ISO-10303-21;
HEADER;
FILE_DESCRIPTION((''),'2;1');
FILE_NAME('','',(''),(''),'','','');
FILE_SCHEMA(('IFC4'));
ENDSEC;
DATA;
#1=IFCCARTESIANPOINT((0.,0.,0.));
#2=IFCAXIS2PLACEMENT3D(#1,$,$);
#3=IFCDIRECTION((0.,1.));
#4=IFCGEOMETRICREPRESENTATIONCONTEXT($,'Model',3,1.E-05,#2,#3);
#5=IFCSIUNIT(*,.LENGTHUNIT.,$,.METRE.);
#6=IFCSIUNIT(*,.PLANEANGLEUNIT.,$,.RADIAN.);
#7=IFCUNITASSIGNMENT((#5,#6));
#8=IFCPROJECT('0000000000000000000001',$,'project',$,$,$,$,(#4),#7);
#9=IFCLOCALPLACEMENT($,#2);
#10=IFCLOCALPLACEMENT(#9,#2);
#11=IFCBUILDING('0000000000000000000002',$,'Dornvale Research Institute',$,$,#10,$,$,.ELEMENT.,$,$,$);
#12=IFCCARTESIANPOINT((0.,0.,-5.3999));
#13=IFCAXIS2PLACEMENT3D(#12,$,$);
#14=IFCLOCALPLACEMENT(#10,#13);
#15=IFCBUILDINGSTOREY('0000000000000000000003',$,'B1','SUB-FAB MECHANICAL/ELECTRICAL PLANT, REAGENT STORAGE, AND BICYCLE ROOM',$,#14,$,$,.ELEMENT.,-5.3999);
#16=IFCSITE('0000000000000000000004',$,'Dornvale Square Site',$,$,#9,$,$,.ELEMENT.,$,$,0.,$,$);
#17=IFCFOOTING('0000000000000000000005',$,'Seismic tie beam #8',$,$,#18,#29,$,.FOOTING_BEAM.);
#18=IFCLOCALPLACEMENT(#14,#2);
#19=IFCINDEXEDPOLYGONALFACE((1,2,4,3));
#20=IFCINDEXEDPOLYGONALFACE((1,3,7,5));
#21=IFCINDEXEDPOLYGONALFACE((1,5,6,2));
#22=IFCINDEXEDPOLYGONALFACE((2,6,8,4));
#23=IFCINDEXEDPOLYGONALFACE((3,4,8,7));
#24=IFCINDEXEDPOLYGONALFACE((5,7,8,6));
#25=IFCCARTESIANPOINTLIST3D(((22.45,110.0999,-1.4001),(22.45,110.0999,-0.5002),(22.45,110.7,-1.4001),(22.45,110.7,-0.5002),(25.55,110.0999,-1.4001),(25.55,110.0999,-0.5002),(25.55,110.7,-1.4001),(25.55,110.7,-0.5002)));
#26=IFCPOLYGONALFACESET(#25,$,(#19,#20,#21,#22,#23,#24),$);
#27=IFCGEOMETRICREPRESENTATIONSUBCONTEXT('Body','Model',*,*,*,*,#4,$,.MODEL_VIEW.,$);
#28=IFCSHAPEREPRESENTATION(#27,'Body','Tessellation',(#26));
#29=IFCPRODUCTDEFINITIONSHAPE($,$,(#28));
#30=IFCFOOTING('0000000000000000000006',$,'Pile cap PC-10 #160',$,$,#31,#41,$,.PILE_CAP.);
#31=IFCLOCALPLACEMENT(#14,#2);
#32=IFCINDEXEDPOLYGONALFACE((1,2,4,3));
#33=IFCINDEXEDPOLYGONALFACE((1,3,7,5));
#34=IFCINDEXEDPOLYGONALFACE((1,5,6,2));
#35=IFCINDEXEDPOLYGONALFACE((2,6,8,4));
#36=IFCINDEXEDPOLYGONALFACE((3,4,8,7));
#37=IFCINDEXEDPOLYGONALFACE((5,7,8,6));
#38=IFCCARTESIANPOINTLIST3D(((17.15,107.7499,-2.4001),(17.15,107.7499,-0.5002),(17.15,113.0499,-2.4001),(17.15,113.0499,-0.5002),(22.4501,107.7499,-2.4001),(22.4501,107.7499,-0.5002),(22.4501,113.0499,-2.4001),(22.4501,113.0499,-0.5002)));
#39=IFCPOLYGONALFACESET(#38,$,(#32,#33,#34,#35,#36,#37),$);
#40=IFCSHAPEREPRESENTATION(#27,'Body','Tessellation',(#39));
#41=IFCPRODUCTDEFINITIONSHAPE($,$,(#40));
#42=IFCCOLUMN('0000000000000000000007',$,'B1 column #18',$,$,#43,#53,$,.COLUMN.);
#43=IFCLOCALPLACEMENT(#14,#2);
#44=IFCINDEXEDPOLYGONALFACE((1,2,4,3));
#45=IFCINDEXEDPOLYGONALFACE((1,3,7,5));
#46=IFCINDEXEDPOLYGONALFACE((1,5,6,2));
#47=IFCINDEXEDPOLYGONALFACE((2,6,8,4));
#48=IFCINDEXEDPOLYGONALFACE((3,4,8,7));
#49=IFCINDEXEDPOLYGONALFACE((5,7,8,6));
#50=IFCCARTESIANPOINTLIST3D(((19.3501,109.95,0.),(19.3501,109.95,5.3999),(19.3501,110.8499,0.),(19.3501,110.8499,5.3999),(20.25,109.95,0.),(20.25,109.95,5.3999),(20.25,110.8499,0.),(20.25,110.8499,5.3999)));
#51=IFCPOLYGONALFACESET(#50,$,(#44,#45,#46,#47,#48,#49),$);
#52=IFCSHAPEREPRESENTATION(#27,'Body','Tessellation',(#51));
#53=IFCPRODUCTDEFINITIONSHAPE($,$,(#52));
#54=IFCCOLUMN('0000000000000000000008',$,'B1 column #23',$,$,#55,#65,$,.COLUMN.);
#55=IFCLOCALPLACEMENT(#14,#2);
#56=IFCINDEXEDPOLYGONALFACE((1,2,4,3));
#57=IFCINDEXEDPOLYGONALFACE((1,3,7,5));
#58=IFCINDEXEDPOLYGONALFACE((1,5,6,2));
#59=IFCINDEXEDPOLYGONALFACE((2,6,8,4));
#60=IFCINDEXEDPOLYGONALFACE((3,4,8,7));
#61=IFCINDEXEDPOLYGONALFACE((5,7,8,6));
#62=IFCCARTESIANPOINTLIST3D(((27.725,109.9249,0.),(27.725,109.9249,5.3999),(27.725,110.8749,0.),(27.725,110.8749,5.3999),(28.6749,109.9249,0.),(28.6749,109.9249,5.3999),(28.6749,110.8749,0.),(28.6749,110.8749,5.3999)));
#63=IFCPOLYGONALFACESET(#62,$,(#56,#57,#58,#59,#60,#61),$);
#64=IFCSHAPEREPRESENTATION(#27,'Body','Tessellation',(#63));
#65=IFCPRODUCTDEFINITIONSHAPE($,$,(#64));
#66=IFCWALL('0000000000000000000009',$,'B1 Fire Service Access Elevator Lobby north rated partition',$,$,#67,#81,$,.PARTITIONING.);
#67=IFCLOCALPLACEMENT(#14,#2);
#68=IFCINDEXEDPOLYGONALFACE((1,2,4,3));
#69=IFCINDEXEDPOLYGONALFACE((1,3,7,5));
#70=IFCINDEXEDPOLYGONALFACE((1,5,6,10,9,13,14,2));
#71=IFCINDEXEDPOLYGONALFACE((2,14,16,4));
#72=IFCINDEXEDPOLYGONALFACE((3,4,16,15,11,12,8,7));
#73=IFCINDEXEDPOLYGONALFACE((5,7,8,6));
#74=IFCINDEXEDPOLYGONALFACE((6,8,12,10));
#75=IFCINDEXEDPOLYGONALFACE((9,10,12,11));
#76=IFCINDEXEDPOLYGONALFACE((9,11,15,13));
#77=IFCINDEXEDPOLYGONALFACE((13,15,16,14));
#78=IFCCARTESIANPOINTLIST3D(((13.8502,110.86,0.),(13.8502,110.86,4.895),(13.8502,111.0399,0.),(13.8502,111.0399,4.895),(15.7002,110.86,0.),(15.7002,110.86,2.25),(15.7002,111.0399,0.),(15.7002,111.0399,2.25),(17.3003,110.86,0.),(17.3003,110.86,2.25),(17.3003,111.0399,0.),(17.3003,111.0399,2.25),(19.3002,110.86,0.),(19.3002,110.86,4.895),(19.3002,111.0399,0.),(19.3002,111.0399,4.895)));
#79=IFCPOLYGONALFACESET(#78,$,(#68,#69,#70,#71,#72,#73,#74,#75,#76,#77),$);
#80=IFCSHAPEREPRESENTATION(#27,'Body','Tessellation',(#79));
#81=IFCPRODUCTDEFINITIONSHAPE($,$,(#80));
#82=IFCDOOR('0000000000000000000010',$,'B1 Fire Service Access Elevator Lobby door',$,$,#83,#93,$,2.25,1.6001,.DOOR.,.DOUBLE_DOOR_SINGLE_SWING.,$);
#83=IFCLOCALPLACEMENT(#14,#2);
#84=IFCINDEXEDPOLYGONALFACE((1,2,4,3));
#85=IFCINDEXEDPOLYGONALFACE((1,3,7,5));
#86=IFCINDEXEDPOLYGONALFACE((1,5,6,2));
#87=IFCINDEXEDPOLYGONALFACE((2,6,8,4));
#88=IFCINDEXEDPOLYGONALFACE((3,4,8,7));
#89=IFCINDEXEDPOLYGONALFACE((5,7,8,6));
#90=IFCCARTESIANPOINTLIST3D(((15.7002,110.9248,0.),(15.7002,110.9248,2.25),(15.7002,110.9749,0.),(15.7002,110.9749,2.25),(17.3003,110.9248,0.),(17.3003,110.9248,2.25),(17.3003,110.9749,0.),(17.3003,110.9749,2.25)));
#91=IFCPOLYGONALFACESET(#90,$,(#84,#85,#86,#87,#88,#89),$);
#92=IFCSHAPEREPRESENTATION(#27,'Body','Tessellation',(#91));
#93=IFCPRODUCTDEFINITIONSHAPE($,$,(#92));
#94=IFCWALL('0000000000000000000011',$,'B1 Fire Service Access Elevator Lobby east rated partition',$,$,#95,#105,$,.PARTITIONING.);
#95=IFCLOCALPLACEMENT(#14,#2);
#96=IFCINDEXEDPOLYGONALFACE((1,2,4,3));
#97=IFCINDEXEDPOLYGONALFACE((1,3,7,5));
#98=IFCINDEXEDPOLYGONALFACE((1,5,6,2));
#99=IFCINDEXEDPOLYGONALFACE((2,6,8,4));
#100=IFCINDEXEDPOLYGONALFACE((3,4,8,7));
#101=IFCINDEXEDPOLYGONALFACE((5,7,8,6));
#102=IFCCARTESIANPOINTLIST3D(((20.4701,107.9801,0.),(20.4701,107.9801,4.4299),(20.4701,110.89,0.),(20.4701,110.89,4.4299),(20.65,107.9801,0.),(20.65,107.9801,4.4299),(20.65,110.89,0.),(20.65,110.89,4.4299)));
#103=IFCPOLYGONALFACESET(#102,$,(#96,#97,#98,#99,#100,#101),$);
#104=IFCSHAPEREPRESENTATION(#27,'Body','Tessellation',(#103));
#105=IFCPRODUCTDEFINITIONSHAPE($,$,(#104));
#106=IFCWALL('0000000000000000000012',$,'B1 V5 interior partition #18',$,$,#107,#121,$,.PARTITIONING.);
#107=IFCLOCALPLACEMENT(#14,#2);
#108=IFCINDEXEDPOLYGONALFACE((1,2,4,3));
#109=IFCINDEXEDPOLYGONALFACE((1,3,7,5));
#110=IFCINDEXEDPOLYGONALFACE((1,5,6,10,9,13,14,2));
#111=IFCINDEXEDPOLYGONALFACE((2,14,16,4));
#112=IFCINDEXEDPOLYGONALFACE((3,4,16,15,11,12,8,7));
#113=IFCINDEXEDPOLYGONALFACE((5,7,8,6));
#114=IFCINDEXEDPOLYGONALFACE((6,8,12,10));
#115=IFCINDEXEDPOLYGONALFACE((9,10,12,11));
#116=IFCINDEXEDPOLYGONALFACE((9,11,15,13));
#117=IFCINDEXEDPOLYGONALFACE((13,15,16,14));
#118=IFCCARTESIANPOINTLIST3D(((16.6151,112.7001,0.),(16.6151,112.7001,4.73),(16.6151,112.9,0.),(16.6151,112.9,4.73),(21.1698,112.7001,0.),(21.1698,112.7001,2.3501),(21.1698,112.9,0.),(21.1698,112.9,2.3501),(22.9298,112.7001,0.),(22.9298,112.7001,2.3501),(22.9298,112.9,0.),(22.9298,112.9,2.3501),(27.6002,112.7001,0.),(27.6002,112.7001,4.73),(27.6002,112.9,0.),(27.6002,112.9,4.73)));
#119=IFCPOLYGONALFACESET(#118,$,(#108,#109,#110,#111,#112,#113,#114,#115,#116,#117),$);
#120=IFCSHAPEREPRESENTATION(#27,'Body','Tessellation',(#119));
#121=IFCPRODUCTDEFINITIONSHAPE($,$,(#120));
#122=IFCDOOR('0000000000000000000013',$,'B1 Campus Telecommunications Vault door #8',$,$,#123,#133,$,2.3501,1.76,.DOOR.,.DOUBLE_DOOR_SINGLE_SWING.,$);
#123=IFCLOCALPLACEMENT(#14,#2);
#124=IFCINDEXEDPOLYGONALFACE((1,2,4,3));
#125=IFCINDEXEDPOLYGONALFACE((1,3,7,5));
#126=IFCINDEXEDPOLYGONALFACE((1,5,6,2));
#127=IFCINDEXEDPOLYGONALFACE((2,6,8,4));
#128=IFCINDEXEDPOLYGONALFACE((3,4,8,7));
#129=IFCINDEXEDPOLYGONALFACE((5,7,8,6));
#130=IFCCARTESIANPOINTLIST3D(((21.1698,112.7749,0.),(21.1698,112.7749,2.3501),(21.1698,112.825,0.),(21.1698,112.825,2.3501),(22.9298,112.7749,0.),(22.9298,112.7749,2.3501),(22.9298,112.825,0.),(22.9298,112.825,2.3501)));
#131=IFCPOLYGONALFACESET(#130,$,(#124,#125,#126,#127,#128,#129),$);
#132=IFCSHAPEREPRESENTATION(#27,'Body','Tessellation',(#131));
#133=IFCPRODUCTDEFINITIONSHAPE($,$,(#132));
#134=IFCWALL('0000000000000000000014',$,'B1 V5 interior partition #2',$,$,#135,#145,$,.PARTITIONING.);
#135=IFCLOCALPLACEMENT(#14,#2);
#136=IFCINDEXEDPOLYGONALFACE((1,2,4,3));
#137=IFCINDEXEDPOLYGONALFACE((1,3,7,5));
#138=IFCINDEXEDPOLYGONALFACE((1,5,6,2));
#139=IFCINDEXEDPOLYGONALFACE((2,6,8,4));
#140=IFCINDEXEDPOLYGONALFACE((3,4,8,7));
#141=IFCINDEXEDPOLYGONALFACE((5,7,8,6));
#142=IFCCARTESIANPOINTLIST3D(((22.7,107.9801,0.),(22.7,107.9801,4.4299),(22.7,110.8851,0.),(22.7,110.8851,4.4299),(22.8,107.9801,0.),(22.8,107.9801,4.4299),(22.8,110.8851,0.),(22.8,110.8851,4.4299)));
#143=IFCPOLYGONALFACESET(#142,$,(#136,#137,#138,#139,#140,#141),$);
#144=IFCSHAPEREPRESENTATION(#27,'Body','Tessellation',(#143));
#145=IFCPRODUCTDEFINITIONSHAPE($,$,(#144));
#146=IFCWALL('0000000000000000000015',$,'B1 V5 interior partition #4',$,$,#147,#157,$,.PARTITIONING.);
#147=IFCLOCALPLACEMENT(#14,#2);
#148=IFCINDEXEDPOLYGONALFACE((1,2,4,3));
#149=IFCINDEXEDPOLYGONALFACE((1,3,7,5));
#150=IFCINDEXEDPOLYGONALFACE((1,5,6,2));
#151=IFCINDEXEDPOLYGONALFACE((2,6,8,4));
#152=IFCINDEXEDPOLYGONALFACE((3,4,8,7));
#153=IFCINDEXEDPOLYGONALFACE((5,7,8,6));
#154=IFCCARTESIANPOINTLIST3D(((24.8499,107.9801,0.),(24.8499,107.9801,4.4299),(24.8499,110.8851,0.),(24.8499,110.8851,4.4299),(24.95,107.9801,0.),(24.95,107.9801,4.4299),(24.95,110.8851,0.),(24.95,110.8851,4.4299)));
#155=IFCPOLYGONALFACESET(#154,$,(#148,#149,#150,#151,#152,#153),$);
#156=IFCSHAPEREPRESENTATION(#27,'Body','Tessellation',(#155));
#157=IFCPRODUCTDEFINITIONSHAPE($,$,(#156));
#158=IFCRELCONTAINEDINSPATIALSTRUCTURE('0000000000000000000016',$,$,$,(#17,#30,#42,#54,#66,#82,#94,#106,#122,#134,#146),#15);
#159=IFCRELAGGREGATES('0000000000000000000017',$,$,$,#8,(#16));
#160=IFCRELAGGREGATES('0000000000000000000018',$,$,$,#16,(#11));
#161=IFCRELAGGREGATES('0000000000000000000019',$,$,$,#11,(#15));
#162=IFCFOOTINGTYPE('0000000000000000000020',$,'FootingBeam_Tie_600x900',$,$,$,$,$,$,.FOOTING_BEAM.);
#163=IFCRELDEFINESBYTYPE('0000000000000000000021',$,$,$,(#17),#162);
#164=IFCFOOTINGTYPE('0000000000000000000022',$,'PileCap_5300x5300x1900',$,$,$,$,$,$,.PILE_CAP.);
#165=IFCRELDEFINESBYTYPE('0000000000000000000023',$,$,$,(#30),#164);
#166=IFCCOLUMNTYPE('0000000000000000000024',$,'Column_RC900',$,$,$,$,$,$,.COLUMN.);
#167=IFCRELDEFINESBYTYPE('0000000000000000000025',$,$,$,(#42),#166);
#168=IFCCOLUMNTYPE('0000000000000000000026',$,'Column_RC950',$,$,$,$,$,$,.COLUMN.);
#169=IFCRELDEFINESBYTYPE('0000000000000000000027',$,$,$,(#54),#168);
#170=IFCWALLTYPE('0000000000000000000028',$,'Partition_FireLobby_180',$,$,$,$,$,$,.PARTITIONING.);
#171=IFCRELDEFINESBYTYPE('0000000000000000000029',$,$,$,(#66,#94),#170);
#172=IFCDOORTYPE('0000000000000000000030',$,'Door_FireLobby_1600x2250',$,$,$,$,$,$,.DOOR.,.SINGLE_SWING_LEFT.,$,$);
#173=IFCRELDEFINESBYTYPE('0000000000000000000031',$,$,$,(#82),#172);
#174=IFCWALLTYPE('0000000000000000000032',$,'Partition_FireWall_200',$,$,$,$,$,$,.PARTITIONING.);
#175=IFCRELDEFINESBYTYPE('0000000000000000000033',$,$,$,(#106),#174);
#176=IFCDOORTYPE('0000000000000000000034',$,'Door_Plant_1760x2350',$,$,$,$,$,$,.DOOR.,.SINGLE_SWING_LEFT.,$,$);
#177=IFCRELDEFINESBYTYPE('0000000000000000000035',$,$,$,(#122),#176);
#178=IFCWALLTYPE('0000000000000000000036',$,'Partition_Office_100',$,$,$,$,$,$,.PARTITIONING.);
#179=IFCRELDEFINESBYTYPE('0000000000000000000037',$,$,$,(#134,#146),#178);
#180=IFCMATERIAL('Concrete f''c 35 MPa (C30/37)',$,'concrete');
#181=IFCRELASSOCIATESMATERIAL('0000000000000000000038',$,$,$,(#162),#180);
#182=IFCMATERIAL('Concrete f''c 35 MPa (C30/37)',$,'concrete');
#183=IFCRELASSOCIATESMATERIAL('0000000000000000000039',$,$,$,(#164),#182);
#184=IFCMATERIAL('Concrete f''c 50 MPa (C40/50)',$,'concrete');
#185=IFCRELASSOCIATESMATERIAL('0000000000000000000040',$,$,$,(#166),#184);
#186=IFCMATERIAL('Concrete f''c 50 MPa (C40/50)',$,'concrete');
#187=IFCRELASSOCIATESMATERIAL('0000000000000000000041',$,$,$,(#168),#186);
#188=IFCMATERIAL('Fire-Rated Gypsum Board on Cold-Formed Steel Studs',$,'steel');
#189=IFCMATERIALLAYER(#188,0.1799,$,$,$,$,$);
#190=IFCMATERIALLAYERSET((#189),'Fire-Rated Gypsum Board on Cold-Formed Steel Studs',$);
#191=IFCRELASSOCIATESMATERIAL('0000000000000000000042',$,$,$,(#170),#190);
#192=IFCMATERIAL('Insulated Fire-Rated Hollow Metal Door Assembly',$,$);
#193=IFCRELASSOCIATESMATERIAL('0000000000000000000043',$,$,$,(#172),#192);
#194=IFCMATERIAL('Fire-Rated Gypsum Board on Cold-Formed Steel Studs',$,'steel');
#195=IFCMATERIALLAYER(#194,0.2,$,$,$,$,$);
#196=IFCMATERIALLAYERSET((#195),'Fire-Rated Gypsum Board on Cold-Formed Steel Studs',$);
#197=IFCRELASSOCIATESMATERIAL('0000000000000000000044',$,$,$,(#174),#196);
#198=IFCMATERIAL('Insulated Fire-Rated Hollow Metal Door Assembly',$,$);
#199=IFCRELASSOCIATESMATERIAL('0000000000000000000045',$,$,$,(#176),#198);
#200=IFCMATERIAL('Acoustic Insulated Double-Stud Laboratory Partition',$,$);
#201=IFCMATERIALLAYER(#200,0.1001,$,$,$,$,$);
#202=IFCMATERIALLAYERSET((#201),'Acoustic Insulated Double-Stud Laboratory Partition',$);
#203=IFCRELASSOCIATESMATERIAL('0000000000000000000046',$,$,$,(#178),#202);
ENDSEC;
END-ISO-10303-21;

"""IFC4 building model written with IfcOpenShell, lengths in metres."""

from ifc_helpers import new_model, si_unit, direction, frame, frame_2d, origin, origin_2d, place, context, subcontext, project, spatial, rectangle, extrude, material, layer, layer_set, material_profile, profile_set, type_object, element, fill, save


model = new_model("IFC4")

# Units and contexts
model_context = context("Model", 3, precision=1e-05, world=origin(), true_north=direction((0.0, 1.0)))
body_context = subcontext(model_context, "Body", "Model", "MODEL_VIEW")
ifc_project = project(units=[si_unit("LENGTHUNIT", "METRE"), si_unit("PLANEANGLEUNIT", "RADIAN")], contexts=[model_context])

# Site, building, storey
site_placement = place(None, origin())
site = spatial("IfcSite", under=ifc_project, at=site_placement, Name="Dornvale Square Site", CompositionType="ELEMENT", RefElevation=0.0)
building_placement = place(site_placement, origin())
building = spatial("IfcBuilding", under=site, at=building_placement, Name="Dornvale Research Institute", CompositionType="ELEMENT")
storey_placement = place(building_placement, frame((0.0, 0.0, -5.3999)))
storey = spatial("IfcBuildingStorey", under=building, at=storey_placement, Name="B1", Description="SUB-FAB MECHANICAL/ELECTRICAL PLANT, REAGENT STORAGE, AND BICYCLE ROOM", CompositionType="ELEMENT", Elevation=-5.3999)

# Footings
ifc_material_1 = material(Name="Concrete f'c 35 MPa (C30/37)", Category="concrete")
footing_type_1 = type_object("IfcFootingType", Name="FootingBeam_Tie_600x900", PredefinedType="FOOTING_BEAM", material=ifc_material_1)
footing_1_placement = place(storey_placement, frame((24.0, 110.3999, -1.4001), z_axis=(0.0, 0.0, 1.0), x_axis=(1.0, 0.0, 0.0)))
element("IfcFooting", 1, at=footing_1_placement, inside=storey, type_object=footing_type_1, Name="Seismic tie beam #8", PredefinedType="FOOTING_BEAM", context=body_context, shape_type="SweptSolid", body=[
    extrude(rectangle(XDim=3.1001, YDim=0.6001, at=origin_2d()), origin(), (0.0, 0.0, 1.0), 0.8999),
])
ifc_material_2 = material(Name="Concrete f'c 35 MPa (C30/37)", Category="concrete")
footing_type_2 = type_object("IfcFootingType", Name="PileCap_5300x5300x1900", PredefinedType="PILE_CAP", material=ifc_material_2)
footing_2_placement = place(storey_placement, frame((19.8, 110.3999, -2.4001), z_axis=(0.0, 0.0, 1.0), x_axis=(1.0, 0.0, 0.0)))
element("IfcFooting", 2, at=footing_2_placement, inside=storey, type_object=footing_type_2, Name="Pile cap PC-10 #160", PredefinedType="PILE_CAP", context=body_context, shape_type="SweptSolid", body=[
    extrude(rectangle(XDim=5.3, YDim=5.3, at=origin_2d()), origin(), (0.0, 0.0, 1.0), 1.8999),
])

# Columns
ifc_material_3 = material(Name="Concrete f'c 50 MPa (C40/50)", Category="concrete")
ifc_material_profile_1 = material_profile(ifc_material_3, rectangle(XDim=0.8999, YDim=0.8999, at=origin_2d()), Name="RC 900x900")
ifc_profile_set_1 = profile_set([ifc_material_profile_1], Name="Concrete f'c 50 MPa (C40/50)")
column_type_1 = type_object("IfcColumnType", Name="Column_RC900", PredefinedType="COLUMN", material=ifc_profile_set_1)
column_1_placement = place(storey_placement, frame((19.8, 110.3999, 0.0), z_axis=(0.0, 0.0, 1.0), x_axis=(1.0, 0.0, 0.0)))
element("IfcColumn", 3, at=column_1_placement, inside=storey, type_object=column_type_1, Name="B1 column #18", PredefinedType="COLUMN", context=body_context, shape_type="SweptSolid", body=[
    extrude(rectangle(XDim=0.8999, YDim=0.8999, at=origin_2d()), origin(), (0.0, 0.0, 1.0), 5.3999),
])
ifc_material_4 = material(Name="Concrete f'c 50 MPa (C40/50)", Category="concrete")
ifc_material_profile_2 = material_profile(ifc_material_4, rectangle(XDim=0.95, YDim=0.95, at=origin_2d()), Name="RC 950x950")
ifc_profile_set_2 = profile_set([ifc_material_profile_2], Name="Concrete f'c 50 MPa (C40/50)")
column_type_2 = type_object("IfcColumnType", Name="Column_RC950", PredefinedType="COLUMN", material=ifc_profile_set_2)
column_2_placement = place(storey_placement, frame((28.2, 110.3999, 0.0), z_axis=(0.0, 0.0, 1.0), x_axis=(1.0, 0.0, 0.0)))
element("IfcColumn", 4, at=column_2_placement, inside=storey, type_object=column_type_2, Name="B1 column #23", PredefinedType="COLUMN", context=body_context, shape_type="SweptSolid", body=[
    extrude(rectangle(XDim=0.95, YDim=0.95, at=origin_2d()), origin(), (0.0, 0.0, 1.0), 5.3999),
])

# Wall, opening, door
ifc_material_5 = material(Name="Fire-Rated Gypsum Board on Cold-Formed Steel Studs", Category="steel")
ifc_layer_1 = layer(ifc_material_5, 0.1799)
ifc_layer_set_1 = layer_set([ifc_layer_1], Name="Fire-Rated Gypsum Board on Cold-Formed Steel Studs")
wall_type_1 = type_object("IfcWallType", Name="Partition_FireLobby_180", PredefinedType="PARTITIONING", material=ifc_layer_set_1)
wall_1_placement = place(storey_placement, frame((13.8501, 110.95, 0.0), z_axis=(0.0, 0.0, 1.0), x_axis=(1.0, 0.0, 0.0)))
wall_1 = element("IfcWall", 5, at=wall_1_placement, inside=storey, type_object=wall_type_1, Name="B1 Fire Service Access Elevator Lobby north rated partition", PredefinedType="PARTITIONING", context=body_context, shape_type="SweptSolid", body=[
    extrude(rectangle(XDim=5.45, YDim=0.1799, at=frame_2d((2.7251, 0.0))), origin(), (0.0, 0.0, 1.0), 4.895),
])
opening_1_placement = place(wall_1_placement, frame((1.8501, 0.0, 0.0)))
opening_1 = element("IfcOpeningElement", 6, at=opening_1_placement, cuts=wall_1, PredefinedType="OPENING", context=body_context, shape_type="SweptSolid", body=[
    extrude(rectangle(XDim=1.6001, YDim=2.25, at=frame_2d((0.8, 1.125))), frame((0.0, 0.105, 0.0), z_axis=(0.0, -1.0, 0.0), x_axis=(1.0, 0.0, 0.0)), (0.0, 0.0, 1.0), 0.21),
])
ifc_material_6 = material(Name="Insulated Fire-Rated Hollow Metal Door Assembly")
door_type_1 = type_object("IfcDoorType", Name="Door_FireLobby_1600x2250", OperationType="SINGLE_SWING_LEFT", PredefinedType="DOOR", material=ifc_material_6)
door_1_placement = place(opening_1_placement, origin())
door_1 = element("IfcDoor", 7, at=door_1_placement, inside=storey, type_object=door_type_1, Name="B1 Fire Service Access Elevator Lobby door", OperationType="DOUBLE_DOOR_SINGLE_SWING", OverallHeight=2.25, OverallWidth=1.6001, PredefinedType="DOOR", context=body_context, shape_type="SweptSolid", body=[
    extrude(rectangle(XDim=1.6001, YDim=2.25, at=frame_2d((0.8, 1.125))), frame((0.0, 0.0249, 0.0), z_axis=(0.0, -1.0, 0.0), x_axis=(1.0, 0.0, 0.0)), (0.0, 0.0, 1.0), 0.05),
])
fill(opening_1, door_1)

# Wall
wall_2_placement = place(storey_placement, frame((20.5601, 107.98, 0.0), z_axis=(0.0, 0.0, 1.0), x_axis=(0.0, 1.0, 0.0)))
element("IfcWall", 8, at=wall_2_placement, inside=storey, type_object=wall_type_1, Name="B1 Fire Service Access Elevator Lobby east rated partition", PredefinedType="PARTITIONING", context=body_context, shape_type="SweptSolid", body=[
    extrude(rectangle(XDim=2.9099, YDim=0.1799, at=frame_2d((1.4551, 0.0))), origin(), (0.0, 0.0, 1.0), 4.4299),
])

# Wall, opening, door
ifc_material_7 = material(Name="Fire-Rated Gypsum Board on Cold-Formed Steel Studs", Category="steel")
ifc_layer_2 = layer(ifc_material_7, 0.2)
ifc_layer_set_2 = layer_set([ifc_layer_2], Name="Fire-Rated Gypsum Board on Cold-Formed Steel Studs")
wall_type_2 = type_object("IfcWallType", Name="Partition_FireWall_200", PredefinedType="PARTITIONING", material=ifc_layer_set_2)
wall_3_placement = place(storey_placement, frame((16.615, 112.8, 0.0), z_axis=(0.0, 0.0, 1.0), x_axis=(1.0, 0.0, 0.0)))
wall_3 = element("IfcWall", 9, at=wall_3_placement, inside=storey, type_object=wall_type_2, Name="B1 V5 interior partition #18", PredefinedType="PARTITIONING", context=body_context, shape_type="SweptSolid", body=[
    extrude(rectangle(XDim=10.9851, YDim=0.2, at=frame_2d((5.4927, 0.0))), origin(), (0.0, 0.0, 1.0), 4.73),
])
opening_2_placement = place(wall_3_placement, frame((4.5549, 0.0, 0.0)))
opening_2 = element("IfcOpeningElement", 10, at=opening_2_placement, cuts=wall_3, PredefinedType="OPENING", context=body_context, shape_type="SweptSolid", body=[
    extrude(rectangle(XDim=1.76, YDim=2.3501, at=frame_2d((0.8799, 1.175))), frame((0.0, 0.115, 0.0), z_axis=(0.0, -1.0, 0.0), x_axis=(1.0, 0.0, 0.0)), (0.0, 0.0, 1.0), 0.23),
])
ifc_material_8 = material(Name="Insulated Fire-Rated Hollow Metal Door Assembly")
door_type_2 = type_object("IfcDoorType", Name="Door_Plant_1760x2350", OperationType="SINGLE_SWING_LEFT", PredefinedType="DOOR", material=ifc_material_8)
door_2_placement = place(opening_2_placement, origin())
door_2 = element("IfcDoor", 11, at=door_2_placement, inside=storey, type_object=door_type_2, Name="B1 Campus Telecommunications Vault door #8", OperationType="DOUBLE_DOOR_SINGLE_SWING", OverallHeight=2.3501, OverallWidth=1.76, PredefinedType="DOOR", context=body_context, shape_type="SweptSolid", body=[
    extrude(rectangle(XDim=1.76, YDim=2.3501, at=frame_2d((0.8799, 1.175))), frame((0.0, 0.0249, 0.0), z_axis=(0.0, -1.0, 0.0), x_axis=(1.0, 0.0, 0.0)), (0.0, 0.0, 1.0), 0.05),
])
fill(opening_2, door_2)
ifc_material_9 = material(Name="Acoustic Insulated Double-Stud Laboratory Partition")
ifc_layer_3 = layer(ifc_material_9, 0.1001)
ifc_layer_set_3 = layer_set([ifc_layer_3], Name="Acoustic Insulated Double-Stud Laboratory Partition")
wall_type_3 = type_object("IfcWallType", Name="Partition_Office_100", PredefinedType="PARTITIONING", material=ifc_layer_set_3)

# Wall
wall_4_placement = place(storey_placement, frame((22.75, 107.98, 0.0), z_axis=(0.0, 0.0, 1.0), x_axis=(0.0, 1.0, 0.0)))
element("IfcWall", 12, at=wall_4_placement, inside=storey, type_object=wall_type_3, Name="B1 V5 interior partition #2", PredefinedType="PARTITIONING", context=body_context, shape_type="SweptSolid", body=[
    extrude(rectangle(XDim=2.905, YDim=0.1001, at=frame_2d((1.4526, 0.0))), origin(), (0.0, 0.0, 1.0), 4.4299),
])

# Wall
wall_5_placement = place(storey_placement, frame((24.8999, 107.98, 0.0), z_axis=(0.0, 0.0, 1.0), x_axis=(0.0, 1.0, 0.0)))
element("IfcWall", 13, at=wall_5_placement, inside=storey, type_object=wall_type_3, Name="B1 V5 interior partition #4", PredefinedType="PARTITIONING", context=body_context, shape_type="SweptSolid", body=[
    extrude(rectangle(XDim=2.905, YDim=0.1001, at=frame_2d((1.4526, 0.0))), origin(), (0.0, 0.0, 1.0), 4.4299),
])

save(model, "model.ifc")
